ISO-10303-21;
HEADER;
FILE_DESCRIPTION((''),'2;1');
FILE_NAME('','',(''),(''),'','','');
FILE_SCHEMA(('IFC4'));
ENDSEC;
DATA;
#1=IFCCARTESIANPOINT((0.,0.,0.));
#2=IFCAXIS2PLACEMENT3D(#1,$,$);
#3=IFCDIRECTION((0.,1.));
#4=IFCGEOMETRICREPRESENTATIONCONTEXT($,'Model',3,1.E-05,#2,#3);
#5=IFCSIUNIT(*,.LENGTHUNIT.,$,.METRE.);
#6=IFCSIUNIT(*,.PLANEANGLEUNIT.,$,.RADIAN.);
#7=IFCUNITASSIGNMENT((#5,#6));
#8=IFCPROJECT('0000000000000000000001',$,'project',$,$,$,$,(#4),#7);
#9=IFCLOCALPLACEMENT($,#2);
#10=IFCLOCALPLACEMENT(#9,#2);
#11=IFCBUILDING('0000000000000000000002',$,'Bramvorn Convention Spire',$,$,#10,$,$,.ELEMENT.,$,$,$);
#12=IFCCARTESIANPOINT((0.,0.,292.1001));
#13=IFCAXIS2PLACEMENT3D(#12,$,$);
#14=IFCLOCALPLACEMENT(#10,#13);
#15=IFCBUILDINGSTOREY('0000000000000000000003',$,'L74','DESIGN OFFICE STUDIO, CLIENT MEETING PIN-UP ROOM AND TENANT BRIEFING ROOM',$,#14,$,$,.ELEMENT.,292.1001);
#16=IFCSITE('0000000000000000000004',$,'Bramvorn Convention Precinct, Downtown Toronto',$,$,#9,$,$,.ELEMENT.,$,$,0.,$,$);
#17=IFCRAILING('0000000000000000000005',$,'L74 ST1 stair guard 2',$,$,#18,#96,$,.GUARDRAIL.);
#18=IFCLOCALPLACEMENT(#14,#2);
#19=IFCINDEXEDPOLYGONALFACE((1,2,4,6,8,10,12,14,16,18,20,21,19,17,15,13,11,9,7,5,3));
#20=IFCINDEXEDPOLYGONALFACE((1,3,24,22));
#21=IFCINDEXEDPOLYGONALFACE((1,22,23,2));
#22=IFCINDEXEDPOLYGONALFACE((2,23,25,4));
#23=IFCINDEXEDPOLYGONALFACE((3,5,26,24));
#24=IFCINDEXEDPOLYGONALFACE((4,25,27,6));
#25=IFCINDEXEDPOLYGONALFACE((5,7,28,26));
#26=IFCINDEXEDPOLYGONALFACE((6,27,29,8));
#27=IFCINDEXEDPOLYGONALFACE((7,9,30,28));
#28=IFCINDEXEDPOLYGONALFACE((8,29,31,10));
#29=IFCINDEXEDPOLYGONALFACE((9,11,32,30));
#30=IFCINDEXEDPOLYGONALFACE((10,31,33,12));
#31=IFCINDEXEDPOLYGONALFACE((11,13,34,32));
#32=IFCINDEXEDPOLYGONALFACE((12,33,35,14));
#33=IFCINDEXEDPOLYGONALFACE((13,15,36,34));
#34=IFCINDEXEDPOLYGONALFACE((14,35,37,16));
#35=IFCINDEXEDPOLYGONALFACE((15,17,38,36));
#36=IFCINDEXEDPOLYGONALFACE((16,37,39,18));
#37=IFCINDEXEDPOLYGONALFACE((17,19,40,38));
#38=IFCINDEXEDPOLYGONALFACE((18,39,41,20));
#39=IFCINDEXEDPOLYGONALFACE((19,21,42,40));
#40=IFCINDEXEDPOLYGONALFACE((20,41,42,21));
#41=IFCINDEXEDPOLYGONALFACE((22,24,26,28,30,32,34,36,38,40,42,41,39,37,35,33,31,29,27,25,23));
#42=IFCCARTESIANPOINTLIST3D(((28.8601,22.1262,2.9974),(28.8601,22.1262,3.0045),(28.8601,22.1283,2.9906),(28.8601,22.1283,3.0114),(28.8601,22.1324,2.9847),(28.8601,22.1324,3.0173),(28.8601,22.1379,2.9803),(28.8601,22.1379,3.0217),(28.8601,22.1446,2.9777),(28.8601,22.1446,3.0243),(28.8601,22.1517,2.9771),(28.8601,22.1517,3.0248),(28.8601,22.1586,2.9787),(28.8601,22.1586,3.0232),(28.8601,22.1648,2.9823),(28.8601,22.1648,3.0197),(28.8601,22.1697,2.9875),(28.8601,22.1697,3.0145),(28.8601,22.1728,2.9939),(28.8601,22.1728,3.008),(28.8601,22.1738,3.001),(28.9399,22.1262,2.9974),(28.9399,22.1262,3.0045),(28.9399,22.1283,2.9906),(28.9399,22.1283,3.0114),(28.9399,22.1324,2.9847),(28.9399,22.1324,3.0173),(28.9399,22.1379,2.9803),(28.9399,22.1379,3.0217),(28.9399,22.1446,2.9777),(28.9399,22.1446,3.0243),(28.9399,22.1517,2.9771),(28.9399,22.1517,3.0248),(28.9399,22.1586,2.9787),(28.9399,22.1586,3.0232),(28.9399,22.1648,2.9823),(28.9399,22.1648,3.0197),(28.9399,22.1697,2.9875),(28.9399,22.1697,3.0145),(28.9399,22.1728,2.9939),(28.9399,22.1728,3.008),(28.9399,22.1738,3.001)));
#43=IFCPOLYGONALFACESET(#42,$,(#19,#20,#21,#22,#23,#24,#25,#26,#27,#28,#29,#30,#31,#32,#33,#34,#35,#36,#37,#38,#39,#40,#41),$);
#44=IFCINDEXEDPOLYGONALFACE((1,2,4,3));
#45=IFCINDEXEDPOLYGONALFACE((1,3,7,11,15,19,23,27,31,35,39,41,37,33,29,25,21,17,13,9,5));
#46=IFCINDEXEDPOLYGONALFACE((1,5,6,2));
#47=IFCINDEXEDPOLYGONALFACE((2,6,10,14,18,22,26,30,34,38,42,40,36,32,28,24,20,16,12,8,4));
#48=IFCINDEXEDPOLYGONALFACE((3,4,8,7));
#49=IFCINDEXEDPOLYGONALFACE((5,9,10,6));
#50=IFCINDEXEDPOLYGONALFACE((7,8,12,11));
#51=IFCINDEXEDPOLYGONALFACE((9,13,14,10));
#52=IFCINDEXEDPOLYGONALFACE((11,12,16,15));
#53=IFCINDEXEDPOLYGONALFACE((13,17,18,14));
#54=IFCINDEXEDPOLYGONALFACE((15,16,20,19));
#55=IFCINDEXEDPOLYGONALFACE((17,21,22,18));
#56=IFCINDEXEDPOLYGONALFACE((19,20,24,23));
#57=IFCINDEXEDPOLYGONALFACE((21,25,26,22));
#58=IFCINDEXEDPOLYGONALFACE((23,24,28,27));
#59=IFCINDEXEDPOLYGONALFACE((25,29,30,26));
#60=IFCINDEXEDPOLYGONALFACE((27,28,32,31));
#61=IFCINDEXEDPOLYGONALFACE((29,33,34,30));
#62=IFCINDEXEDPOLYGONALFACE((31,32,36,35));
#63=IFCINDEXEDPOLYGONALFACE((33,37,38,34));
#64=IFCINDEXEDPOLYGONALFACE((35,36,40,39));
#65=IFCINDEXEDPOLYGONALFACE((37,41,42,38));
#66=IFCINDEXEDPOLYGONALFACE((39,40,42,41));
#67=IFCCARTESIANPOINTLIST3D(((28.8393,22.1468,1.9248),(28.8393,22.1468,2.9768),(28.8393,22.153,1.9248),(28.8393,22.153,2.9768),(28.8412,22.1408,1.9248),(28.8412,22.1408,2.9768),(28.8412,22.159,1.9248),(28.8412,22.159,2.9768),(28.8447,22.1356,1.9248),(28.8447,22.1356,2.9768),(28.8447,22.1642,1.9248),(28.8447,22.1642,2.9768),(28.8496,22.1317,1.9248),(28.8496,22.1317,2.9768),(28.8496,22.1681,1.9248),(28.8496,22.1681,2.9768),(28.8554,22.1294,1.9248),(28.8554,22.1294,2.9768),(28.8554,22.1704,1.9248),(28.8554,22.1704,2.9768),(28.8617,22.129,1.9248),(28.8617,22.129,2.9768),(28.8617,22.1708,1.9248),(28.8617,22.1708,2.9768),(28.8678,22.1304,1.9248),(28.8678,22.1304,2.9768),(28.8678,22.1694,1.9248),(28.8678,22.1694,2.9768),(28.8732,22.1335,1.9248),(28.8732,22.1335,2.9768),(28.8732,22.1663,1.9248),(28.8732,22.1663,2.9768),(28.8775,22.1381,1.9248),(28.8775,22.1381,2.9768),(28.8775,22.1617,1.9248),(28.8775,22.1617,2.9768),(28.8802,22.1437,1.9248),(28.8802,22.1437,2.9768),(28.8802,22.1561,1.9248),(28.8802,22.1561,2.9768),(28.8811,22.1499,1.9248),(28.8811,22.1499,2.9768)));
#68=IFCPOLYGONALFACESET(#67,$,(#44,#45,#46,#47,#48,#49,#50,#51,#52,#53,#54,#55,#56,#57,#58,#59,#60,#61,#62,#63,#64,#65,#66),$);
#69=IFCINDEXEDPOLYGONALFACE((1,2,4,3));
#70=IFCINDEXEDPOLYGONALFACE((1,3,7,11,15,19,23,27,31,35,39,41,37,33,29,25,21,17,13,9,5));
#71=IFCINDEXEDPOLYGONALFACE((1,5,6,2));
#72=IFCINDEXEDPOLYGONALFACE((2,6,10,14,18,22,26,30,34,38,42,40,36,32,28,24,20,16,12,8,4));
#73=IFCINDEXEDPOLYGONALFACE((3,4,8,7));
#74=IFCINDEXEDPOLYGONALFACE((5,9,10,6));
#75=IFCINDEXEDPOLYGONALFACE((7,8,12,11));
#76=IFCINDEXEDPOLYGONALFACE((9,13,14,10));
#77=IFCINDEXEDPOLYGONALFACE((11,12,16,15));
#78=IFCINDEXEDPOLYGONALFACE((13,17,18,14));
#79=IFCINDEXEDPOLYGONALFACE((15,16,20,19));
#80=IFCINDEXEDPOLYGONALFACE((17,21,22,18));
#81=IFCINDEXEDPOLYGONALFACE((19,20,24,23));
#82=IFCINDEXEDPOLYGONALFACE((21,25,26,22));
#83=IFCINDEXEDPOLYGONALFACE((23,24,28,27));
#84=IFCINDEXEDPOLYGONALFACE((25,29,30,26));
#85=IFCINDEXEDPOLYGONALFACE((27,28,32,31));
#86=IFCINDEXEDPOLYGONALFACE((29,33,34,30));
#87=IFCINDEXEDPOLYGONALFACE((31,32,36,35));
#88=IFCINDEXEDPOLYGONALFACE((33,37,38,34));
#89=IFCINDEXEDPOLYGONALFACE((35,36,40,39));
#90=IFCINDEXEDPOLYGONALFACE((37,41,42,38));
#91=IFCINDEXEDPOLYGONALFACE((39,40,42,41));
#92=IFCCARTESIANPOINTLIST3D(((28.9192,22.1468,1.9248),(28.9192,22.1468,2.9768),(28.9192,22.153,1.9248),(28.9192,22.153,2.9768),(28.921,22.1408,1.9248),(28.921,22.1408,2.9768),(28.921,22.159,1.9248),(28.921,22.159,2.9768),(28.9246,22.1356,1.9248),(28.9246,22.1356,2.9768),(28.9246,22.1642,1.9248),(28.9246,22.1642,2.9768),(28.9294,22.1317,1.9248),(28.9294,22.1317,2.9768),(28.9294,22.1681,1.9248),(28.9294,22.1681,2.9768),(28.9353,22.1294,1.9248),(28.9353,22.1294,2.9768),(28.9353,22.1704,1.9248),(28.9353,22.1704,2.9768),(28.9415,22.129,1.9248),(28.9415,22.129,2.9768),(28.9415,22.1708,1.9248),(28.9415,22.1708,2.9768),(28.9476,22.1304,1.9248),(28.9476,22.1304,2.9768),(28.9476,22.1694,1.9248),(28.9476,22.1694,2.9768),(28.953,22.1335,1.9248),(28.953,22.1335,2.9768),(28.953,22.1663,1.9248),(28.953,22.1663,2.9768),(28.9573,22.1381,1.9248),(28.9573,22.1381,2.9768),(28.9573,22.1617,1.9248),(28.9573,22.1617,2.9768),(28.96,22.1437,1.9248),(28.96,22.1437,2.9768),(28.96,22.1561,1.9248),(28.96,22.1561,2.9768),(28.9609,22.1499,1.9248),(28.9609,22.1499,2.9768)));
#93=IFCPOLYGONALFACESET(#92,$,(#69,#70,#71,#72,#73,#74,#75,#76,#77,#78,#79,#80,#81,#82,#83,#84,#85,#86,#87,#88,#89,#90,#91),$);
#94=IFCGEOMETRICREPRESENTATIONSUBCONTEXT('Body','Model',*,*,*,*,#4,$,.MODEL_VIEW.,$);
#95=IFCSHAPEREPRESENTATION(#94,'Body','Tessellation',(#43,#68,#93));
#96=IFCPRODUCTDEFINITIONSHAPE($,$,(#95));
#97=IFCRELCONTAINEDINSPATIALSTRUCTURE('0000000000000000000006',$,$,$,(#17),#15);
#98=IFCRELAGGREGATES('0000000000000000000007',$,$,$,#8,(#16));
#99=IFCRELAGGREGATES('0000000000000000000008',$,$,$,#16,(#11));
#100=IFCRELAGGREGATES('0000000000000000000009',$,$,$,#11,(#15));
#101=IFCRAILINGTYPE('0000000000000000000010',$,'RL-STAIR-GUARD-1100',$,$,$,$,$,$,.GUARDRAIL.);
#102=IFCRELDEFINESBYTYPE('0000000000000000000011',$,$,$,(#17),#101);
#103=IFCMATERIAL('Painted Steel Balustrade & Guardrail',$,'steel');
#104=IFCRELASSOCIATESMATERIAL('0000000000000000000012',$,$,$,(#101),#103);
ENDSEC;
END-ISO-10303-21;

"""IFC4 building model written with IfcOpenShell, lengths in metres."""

from ifc_helpers import new_model, si_unit, direction, frame, origin, origin_2d, place, context, subcontext, project, spatial, circle, extrude, material, type_object, element, save


model = new_model("IFC4")

# Units and contexts
model_context = context("Model", 3, precision=1e-05, world=origin(), true_north=direction((0.0, 1.0)))
body_context = subcontext(model_context, "Body", "Model", "MODEL_VIEW")
ifc_project = project(units=[si_unit("LENGTHUNIT", "METRE"), si_unit("PLANEANGLEUNIT", "RADIAN")], contexts=[model_context])

# Site, building, storey
site_placement = place(None, origin())
site = spatial("IfcSite", under=ifc_project, at=site_placement, Name="Bramvorn Convention Precinct, Downtown Toronto", CompositionType="ELEMENT", RefElevation=0.0)
building_placement = place(site_placement, origin())
building = spatial("IfcBuilding", under=site, at=building_placement, Name="Bramvorn Convention Spire", CompositionType="ELEMENT")
storey_placement = place(building_placement, frame((0.0, 0.0, 292.1001)))
storey = spatial("IfcBuildingStorey", under=building, at=storey_placement, Name="L74", Description="DESIGN OFFICE STUDIO, CLIENT MEETING PIN-UP ROOM AND TENANT BRIEFING ROOM", CompositionType="ELEMENT", Elevation=292.1001)

# Railing
ifc_material_1 = material(Name="Painted Steel Balustrade & Guardrail", Category="steel")
railing_type_1 = type_object("IfcRailingType", Name="RL-STAIR-GUARD-1100", PredefinedType="GUARDRAIL", material=ifc_material_1)
railing_1_placement = place(storey_placement, frame((28.8601, 22.1499, 1.9248)))
element("IfcRailing", 1, at=railing_1_placement, inside=storey, type_object=railing_type_1, Name="L74 ST1 stair guard 2", PredefinedType="GUARDRAIL", context=body_context, shape_type="SweptSolid", body=[
    extrude(circle(Radius=0.0239, at=origin_2d()), frame((0.0, 0.0, 1.0762), z_axis=(1.0, 0.0, 0.0), x_axis=(0.0, 1.0, 0.0)), (0.0, 0.0, 1.0), 0.0798),
    extrude(circle(Radius=0.021, at=origin_2d()), origin(), (0.0, 0.0, 1.0), 1.052),
    extrude(circle(Radius=0.021, at=origin_2d()), frame((0.0798, 0.0, 0.0)), (0.0, 0.0, 1.0), 1.052),
])

save(model, "model.ifc")
